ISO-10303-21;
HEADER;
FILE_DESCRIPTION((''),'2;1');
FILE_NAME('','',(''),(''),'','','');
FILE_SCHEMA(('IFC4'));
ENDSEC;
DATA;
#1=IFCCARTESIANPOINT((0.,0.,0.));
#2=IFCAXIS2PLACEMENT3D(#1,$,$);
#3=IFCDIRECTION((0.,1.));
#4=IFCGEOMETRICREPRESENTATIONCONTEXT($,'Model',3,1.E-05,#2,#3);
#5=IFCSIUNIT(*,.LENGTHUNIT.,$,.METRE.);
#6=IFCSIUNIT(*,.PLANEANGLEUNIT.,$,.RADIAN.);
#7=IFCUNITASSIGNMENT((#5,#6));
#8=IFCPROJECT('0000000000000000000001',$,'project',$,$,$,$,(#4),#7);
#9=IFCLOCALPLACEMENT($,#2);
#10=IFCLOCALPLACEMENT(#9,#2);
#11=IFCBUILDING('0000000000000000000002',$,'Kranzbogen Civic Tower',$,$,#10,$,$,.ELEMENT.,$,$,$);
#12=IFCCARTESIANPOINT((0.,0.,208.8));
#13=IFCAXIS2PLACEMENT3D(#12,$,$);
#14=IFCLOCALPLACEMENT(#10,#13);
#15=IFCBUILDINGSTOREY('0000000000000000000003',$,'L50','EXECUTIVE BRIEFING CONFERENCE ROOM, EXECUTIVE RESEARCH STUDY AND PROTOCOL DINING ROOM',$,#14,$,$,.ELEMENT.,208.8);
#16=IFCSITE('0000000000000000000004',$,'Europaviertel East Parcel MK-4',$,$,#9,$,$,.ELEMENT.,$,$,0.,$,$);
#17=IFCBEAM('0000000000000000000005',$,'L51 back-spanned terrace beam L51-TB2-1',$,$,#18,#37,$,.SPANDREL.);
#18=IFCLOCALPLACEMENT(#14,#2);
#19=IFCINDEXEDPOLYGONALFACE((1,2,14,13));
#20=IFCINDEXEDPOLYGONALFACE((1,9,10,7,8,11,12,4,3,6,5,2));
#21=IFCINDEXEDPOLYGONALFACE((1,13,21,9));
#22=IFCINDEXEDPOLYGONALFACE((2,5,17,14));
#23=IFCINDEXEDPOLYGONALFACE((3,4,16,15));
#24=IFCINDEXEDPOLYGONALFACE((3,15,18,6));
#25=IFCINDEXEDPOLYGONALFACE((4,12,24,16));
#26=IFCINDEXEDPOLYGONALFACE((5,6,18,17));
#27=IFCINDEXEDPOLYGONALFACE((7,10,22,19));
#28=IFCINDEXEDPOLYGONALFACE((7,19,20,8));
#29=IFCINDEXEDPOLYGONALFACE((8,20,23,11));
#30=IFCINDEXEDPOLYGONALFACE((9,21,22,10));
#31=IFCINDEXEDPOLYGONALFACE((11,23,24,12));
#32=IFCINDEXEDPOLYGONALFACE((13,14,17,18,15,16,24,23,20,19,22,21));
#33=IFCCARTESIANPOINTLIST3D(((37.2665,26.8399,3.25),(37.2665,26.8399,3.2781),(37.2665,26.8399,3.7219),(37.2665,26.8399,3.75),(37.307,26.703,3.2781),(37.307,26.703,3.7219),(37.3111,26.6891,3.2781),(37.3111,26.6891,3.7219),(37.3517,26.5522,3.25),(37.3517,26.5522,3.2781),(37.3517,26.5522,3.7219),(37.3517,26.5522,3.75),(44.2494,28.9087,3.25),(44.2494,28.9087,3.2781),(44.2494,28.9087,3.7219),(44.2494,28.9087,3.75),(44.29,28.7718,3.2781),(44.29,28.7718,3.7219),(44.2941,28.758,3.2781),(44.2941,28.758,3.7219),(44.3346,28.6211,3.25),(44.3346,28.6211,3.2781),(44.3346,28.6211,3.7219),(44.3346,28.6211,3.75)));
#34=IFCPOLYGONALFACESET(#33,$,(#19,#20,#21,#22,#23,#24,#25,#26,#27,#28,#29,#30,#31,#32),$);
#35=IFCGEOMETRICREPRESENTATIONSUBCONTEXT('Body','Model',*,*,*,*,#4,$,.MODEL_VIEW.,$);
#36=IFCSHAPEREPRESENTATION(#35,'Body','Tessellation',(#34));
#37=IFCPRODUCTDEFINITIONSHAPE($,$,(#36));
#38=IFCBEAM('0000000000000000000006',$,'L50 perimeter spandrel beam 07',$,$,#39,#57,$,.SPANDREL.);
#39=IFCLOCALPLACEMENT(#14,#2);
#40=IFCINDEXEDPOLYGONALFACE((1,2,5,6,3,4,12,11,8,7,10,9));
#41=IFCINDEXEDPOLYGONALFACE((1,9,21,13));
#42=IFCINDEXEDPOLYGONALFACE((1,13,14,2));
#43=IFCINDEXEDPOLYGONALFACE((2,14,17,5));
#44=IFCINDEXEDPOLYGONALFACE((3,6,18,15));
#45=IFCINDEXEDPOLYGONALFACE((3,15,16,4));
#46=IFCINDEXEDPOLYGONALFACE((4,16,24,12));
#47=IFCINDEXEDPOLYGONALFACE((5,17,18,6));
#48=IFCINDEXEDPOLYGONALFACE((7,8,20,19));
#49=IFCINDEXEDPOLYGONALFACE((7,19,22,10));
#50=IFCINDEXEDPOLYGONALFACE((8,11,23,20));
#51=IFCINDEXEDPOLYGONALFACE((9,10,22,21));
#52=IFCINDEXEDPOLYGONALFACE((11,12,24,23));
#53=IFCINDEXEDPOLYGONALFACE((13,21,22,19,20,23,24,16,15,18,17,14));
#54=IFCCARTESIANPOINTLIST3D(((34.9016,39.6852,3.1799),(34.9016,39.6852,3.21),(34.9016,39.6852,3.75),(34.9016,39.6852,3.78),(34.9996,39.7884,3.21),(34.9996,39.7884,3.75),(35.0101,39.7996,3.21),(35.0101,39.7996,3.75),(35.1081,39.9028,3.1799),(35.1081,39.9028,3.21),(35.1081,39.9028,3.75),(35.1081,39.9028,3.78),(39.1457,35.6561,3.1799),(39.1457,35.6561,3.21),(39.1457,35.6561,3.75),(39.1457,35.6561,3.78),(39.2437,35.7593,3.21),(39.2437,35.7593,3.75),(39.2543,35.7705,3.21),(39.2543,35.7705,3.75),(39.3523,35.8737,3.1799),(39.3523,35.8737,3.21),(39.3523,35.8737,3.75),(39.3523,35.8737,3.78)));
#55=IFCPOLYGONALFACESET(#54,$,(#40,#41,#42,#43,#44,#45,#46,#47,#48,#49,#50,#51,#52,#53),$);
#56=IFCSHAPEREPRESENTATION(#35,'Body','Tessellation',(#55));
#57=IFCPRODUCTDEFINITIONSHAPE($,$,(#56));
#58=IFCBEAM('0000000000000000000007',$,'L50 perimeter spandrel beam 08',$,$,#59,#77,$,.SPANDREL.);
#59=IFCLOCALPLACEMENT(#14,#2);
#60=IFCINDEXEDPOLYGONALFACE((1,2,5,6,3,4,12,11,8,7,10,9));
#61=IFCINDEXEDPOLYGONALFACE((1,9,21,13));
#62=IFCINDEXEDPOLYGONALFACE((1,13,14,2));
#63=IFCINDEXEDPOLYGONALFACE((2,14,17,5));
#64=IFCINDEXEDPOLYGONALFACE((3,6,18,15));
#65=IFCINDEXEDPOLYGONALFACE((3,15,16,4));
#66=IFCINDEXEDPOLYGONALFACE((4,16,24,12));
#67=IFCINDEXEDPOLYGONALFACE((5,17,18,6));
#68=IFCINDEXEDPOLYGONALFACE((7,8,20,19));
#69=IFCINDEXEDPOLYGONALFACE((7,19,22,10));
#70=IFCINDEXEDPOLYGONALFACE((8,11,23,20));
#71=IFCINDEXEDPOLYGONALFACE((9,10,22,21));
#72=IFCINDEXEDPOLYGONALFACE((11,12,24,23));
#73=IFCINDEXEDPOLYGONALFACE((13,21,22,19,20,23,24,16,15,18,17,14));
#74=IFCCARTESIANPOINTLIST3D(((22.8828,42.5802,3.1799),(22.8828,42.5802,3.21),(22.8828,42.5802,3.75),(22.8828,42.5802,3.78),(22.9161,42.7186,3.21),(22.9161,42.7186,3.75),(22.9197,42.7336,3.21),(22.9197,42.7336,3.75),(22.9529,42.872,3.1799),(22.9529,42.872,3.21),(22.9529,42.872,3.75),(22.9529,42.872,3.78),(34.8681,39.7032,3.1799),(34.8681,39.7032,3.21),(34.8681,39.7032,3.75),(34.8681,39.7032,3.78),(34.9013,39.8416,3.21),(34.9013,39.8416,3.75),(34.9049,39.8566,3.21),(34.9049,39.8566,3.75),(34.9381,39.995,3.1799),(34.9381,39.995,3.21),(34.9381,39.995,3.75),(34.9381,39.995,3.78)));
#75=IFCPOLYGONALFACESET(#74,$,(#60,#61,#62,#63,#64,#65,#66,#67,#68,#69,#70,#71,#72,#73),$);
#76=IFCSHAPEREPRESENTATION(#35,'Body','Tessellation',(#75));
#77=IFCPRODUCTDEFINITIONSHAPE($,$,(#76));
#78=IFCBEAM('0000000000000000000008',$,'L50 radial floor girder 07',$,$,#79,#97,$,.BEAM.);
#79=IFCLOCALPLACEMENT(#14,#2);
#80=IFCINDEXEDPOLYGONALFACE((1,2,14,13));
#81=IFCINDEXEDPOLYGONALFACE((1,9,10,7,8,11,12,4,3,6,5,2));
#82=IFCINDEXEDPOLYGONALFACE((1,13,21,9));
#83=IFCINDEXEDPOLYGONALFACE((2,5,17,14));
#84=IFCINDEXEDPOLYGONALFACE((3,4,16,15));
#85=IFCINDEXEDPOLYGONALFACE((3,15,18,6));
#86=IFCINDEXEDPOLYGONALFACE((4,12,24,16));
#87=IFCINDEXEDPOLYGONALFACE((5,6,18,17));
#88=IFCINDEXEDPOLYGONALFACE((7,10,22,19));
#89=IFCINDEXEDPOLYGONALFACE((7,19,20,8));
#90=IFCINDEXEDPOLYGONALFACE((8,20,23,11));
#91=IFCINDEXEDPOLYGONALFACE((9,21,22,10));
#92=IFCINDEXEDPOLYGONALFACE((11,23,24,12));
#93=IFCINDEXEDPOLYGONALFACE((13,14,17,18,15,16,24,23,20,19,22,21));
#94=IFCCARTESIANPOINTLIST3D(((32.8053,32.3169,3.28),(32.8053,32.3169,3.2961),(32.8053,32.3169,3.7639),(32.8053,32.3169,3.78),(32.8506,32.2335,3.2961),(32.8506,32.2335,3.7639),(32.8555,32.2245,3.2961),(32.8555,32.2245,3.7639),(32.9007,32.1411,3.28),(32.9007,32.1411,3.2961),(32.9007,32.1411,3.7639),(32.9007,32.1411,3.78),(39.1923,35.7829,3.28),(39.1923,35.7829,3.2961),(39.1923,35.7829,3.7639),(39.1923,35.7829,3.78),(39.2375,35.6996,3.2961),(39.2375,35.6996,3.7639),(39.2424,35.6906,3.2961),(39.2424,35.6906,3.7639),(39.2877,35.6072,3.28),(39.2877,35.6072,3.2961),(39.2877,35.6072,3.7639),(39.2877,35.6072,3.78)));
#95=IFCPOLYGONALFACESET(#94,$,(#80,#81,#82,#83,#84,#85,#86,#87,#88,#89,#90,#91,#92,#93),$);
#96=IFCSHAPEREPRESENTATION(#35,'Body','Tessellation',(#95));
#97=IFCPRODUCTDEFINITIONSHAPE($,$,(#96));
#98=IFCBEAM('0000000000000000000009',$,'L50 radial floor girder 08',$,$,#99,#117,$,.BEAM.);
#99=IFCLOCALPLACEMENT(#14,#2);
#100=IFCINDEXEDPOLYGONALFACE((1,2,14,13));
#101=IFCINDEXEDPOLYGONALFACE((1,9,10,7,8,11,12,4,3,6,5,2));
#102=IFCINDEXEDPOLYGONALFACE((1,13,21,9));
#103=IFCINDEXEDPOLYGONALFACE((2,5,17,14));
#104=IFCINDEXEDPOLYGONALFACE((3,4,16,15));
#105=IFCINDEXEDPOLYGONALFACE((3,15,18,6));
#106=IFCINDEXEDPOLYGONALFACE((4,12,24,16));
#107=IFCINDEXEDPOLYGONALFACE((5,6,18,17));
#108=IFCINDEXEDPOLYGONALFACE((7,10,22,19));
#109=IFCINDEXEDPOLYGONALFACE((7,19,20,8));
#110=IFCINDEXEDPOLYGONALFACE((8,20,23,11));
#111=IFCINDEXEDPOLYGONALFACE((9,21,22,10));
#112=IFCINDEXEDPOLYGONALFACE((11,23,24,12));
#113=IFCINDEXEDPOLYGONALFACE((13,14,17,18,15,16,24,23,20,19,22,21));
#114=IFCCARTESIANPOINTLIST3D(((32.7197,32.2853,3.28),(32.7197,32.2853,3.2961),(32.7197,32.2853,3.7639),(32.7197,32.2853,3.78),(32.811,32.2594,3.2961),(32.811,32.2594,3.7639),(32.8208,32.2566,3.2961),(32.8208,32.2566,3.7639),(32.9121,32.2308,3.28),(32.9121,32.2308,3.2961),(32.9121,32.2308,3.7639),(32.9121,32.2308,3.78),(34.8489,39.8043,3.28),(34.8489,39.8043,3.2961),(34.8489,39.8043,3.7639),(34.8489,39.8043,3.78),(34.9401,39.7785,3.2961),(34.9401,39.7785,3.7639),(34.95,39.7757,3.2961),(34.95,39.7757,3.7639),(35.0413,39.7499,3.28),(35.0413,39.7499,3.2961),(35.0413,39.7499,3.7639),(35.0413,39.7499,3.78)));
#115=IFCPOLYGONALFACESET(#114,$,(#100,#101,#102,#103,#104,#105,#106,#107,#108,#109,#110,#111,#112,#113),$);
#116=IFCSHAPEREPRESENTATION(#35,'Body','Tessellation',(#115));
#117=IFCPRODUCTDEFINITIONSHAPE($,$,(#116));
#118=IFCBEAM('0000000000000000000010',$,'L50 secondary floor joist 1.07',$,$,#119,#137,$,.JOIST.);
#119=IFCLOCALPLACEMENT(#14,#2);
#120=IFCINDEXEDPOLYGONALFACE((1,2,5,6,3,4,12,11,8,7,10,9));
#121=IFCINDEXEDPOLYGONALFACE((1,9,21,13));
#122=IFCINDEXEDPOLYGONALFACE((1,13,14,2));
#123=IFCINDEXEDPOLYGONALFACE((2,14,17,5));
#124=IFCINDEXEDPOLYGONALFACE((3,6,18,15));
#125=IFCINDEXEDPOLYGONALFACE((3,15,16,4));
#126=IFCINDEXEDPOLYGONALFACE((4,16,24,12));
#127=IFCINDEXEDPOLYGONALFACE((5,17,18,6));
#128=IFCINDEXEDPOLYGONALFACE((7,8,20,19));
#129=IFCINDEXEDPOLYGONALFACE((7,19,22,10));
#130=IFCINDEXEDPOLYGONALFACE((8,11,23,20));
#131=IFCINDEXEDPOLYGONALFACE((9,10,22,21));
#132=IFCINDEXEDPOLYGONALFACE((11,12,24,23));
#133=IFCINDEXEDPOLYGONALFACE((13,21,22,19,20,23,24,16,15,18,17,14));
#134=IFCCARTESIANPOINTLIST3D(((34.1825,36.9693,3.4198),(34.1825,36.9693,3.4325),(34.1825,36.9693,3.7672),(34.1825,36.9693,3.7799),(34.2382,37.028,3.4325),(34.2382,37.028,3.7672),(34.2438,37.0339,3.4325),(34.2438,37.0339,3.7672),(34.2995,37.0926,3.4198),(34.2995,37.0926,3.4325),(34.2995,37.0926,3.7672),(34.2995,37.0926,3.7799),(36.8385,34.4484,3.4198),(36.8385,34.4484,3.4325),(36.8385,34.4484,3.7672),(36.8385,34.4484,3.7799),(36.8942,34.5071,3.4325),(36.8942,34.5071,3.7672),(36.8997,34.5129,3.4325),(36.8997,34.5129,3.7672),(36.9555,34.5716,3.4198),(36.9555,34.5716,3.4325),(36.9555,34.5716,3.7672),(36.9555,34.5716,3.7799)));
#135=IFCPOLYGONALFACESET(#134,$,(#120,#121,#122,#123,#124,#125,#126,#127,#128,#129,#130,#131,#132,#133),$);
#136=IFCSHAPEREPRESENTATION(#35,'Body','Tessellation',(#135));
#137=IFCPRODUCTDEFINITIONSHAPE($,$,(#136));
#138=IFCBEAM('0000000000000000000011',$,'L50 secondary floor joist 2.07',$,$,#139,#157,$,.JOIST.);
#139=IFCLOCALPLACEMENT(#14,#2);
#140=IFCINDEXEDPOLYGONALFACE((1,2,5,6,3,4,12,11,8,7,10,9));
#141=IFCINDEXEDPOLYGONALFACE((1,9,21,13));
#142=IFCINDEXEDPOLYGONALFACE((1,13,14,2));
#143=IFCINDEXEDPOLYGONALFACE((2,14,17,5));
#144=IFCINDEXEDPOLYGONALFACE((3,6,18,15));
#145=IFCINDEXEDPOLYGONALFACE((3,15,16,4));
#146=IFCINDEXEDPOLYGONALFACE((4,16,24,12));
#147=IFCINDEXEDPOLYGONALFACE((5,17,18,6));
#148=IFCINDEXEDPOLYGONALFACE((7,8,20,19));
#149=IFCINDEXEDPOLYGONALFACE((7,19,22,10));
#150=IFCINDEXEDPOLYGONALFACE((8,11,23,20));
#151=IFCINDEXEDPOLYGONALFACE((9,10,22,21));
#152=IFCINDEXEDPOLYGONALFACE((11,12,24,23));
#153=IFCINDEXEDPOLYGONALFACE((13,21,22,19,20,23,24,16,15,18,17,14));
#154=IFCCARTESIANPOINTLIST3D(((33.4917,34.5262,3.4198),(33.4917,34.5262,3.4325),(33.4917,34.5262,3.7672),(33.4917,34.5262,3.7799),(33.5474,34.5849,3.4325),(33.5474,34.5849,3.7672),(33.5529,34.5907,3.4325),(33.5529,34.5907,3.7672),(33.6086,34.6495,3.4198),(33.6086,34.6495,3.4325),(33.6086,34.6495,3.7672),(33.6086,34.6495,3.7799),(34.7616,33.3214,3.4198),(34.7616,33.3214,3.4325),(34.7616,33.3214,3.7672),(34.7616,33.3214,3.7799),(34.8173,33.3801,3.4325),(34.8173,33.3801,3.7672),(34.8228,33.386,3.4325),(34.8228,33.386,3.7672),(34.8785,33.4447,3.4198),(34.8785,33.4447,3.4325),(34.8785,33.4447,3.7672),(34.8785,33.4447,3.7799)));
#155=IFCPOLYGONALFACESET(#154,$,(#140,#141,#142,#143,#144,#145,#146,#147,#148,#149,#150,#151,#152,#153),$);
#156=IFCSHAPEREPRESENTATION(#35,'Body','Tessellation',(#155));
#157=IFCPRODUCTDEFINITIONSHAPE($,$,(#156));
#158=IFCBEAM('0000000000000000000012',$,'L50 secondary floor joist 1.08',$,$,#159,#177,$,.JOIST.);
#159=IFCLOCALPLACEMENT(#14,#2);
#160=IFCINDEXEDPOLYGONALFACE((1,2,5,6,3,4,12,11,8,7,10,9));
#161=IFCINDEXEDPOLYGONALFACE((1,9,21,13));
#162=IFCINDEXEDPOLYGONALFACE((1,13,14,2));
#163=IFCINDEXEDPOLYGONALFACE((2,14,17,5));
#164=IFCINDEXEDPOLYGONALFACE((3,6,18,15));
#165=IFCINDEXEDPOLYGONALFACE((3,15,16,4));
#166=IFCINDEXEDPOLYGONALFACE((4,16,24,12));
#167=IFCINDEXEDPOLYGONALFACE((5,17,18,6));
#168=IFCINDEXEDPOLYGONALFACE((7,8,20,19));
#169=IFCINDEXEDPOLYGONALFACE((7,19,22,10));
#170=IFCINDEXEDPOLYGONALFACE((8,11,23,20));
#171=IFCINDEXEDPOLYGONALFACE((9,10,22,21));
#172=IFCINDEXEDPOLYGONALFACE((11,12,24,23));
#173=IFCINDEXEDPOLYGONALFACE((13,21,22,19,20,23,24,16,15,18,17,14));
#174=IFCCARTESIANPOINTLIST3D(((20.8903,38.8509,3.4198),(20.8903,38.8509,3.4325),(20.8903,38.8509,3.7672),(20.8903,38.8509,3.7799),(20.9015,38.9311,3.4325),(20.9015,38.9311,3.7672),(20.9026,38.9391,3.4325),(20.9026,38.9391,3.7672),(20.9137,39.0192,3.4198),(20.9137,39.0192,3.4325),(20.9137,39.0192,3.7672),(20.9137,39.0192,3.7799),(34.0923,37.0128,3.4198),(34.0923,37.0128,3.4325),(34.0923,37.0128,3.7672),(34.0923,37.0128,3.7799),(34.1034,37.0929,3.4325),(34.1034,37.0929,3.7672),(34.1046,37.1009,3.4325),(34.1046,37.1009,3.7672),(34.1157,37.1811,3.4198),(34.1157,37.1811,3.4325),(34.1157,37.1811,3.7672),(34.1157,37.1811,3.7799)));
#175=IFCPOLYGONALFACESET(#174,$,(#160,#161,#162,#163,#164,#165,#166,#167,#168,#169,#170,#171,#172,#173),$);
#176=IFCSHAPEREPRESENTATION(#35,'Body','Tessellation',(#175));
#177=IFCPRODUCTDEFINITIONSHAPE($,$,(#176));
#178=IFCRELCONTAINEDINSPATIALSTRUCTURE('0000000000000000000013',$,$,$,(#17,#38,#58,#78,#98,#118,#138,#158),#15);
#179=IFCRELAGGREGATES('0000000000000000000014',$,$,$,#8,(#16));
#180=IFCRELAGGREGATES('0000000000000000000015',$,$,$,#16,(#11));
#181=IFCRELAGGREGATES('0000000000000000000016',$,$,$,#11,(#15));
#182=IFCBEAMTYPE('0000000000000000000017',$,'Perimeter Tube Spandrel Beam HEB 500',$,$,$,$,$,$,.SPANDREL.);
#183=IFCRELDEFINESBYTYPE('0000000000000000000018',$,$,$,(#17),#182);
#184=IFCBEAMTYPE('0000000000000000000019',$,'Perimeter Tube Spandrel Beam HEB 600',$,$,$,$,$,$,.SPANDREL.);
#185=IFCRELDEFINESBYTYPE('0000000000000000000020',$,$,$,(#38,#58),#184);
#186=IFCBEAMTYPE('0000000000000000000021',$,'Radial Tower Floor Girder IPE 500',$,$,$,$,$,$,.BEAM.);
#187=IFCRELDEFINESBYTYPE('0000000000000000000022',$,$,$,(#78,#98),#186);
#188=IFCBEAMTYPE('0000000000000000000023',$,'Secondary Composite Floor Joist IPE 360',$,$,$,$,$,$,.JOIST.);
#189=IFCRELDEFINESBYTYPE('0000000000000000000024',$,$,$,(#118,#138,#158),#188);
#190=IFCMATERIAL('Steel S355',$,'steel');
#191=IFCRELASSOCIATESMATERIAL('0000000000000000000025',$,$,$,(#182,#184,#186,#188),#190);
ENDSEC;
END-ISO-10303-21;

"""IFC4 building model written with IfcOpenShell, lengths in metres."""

from ifc_helpers import new_model, si_unit, direction, frame, origin, origin_2d, place, context, subcontext, project, spatial, i_section, extrude, material, material_profile, profile_set, type_object, element, save


model = new_model("IFC4")

# Units and contexts
model_context = context("Model", 3, precision=1e-05, world=origin(), true_north=direction((0.0, 1.0)))
body_context = subcontext(model_context, "Body", "Model", "MODEL_VIEW")
ifc_project = project(units=[si_unit("LENGTHUNIT", "METRE"), si_unit("PLANEANGLEUNIT", "RADIAN")], contexts=[model_context])

# Site, building, storey
site_placement = place(None, origin())
site = spatial("IfcSite", under=ifc_project, at=site_placement, Name="Europaviertel East Parcel MK-4", CompositionType="ELEMENT", RefElevation=0.0)
building_placement = place(site_placement, origin())
building = spatial("IfcBuilding", under=site, at=building_placement, Name="Kranzbogen Civic Tower", CompositionType="ELEMENT")
storey_placement = place(building_placement, frame((0.0, 0.0, 208.8)))
storey = spatial("IfcBuildingStorey", under=building, at=storey_placement, Name="L50", Description="EXECUTIVE BRIEFING CONFERENCE ROOM, EXECUTIVE RESEARCH STUDY AND PROTOCOL DINING ROOM", CompositionType="ELEMENT", Elevation=208.8)

# Shared definitions
ifc_material_1 = material(Name="Steel S355", Category="steel")

# Beams
ifc_material_profile_1 = material_profile(ifc_material_1, i_section(OverallWidth=0.3, OverallDepth=0.5, WebThickness=0.0144, FlangeThickness=0.0281, at=origin_2d()), Name="HEB 500")
ifc_profile_set_1 = profile_set([ifc_material_profile_1], Name="Steel S355")
beam_type_1 = type_object("IfcBeamType", Name="Perimeter Tube Spandrel Beam HEB 500", PredefinedType="SPANDREL", material=ifc_profile_set_1)
beam_1_placement = place(storey_placement, frame((37.3091, 26.696, 3.5), z_axis=(0.958804, 0.284068, 0.0), x_axis=(-0.284068, 0.958804, 0.0)))
element("IfcBeam", 1, at=beam_1_placement, inside=storey, type_object=beam_type_1, Name="L51 back-spanned terrace beam L51-TB2-1", PredefinedType="SPANDREL", context=body_context, shape_type="SweptSolid", body=[
    extrude(i_section(OverallWidth=0.3, OverallDepth=0.5, WebThickness=0.0144, FlangeThickness=0.0281, at=origin_2d()), origin(), (0.0, 0.0, 1.0), 7.283),
])
ifc_material_profile_2 = material_profile(ifc_material_1, i_section(OverallWidth=0.3, OverallDepth=0.6001, WebThickness=0.0154, FlangeThickness=0.03, at=origin_2d()), Name="HEB 600")
ifc_profile_set_2 = profile_set([ifc_material_profile_2], Name="Steel S355")
beam_type_2 = type_object("IfcBeamType", Name="Perimeter Tube Spandrel Beam HEB 600", PredefinedType="SPANDREL", material=ifc_profile_set_2)
beam_2_placement = place(storey_placement, frame((39.249, 35.7649, 3.48), z_axis=(-0.725245, 0.688491, 0.0), x_axis=(-0.688491, -0.725245, 0.0)))
element("IfcBeam", 2, at=beam_2_placement, inside=storey, type_object=beam_type_2, Name="L50 perimeter spandrel beam 07", PredefinedType="SPANDREL", context=body_context, shape_type="SweptSolid", body=[
    extrude(i_section(OverallWidth=0.3, OverallDepth=0.6001, WebThickness=0.0154, FlangeThickness=0.03, at=origin_2d()), origin(), (0.0, 0.0, 1.0), 5.8521),
])
beam_3_placement = place(storey_placement, frame((34.9031, 39.8491, 3.48), z_axis=(-0.972378, 0.233413, 0.0), x_axis=(-0.233413, -0.972378, 0.0)))
element("IfcBeam", 3, at=beam_3_placement, inside=storey, type_object=beam_type_2, Name="L50 perimeter spandrel beam 08", PredefinedType="SPANDREL", context=body_context, shape_type="SweptSolid", body=[
    extrude(i_section(OverallWidth=0.3, OverallDepth=0.6001, WebThickness=0.0154, FlangeThickness=0.03, at=origin_2d()), origin(), (0.0, 0.0, 1.0), 12.3257),
])
ifc_material_profile_3 = material_profile(ifc_material_1, i_section(OverallWidth=0.2, OverallDepth=0.5, WebThickness=0.0103, FlangeThickness=0.0161, at=origin_2d()), Name="IPE 500")
ifc_profile_set_3 = profile_set([ifc_material_profile_3], Name="Steel S355")
beam_type_3 = type_object("IfcBeamType", Name="Radial Tower Floor Girder IPE 500", PredefinedType="BEAM", material=ifc_profile_set_3)
beam_4_placement = place(storey_placement, frame((39.24, 35.6951, 3.53), z_axis=(-0.878919, -0.47697, 0.0), x_axis=(0.47697, -0.878919, 0.0)))
element("IfcBeam", 4, at=beam_4_placement, inside=storey, type_object=beam_type_3, Name="L50 radial floor girder 07", PredefinedType="BEAM", context=body_context, shape_type="SweptSolid", body=[
    extrude(i_section(OverallWidth=0.2, OverallDepth=0.5, WebThickness=0.0103, FlangeThickness=0.0161, at=origin_2d()), origin(), (0.0, 0.0, 1.0), 7.2668),
])
beam_5_placement = place(storey_placement, frame((34.9451, 39.7771, 3.53), z_axis=(-0.272455, -0.962169, 0.0), x_axis=(0.962169, -0.272455, 0.0)))
element("IfcBeam", 5, at=beam_5_placement, inside=storey, type_object=beam_type_3, Name="L50 radial floor girder 08", PredefinedType="BEAM", context=body_context, shape_type="SweptSolid", body=[
    extrude(i_section(OverallWidth=0.2, OverallDepth=0.5, WebThickness=0.0103, FlangeThickness=0.0161, at=origin_2d()), origin(), (0.0, 0.0, 1.0), 7.8147),
])
ifc_material_profile_4 = material_profile(ifc_material_1, i_section(OverallWidth=0.1699, OverallDepth=0.3601, WebThickness=0.0081, FlangeThickness=0.0127, at=origin_2d()), Name="IPE 360")
ifc_profile_set_4 = profile_set([ifc_material_profile_4], Name="Steel S355")
beam_type_4 = type_object("IfcBeamType", Name="Secondary Composite Floor Joist IPE 360", PredefinedType="JOIST", material=ifc_profile_set_4)
beam_6_placement = place(storey_placement, frame((36.897, 34.51, 3.5999), z_axis=(-0.725301, 0.688432, 0.0), x_axis=(-0.688432, -0.725301, 0.0)))
element("IfcBeam", 6, at=beam_6_placement, inside=storey, type_object=beam_type_4, Name="L50 secondary floor joist 1.07", PredefinedType="JOIST", context=body_context, shape_type="SweptSolid", body=[
    extrude(i_section(OverallWidth=0.1699, OverallDepth=0.3601, WebThickness=0.0081, FlangeThickness=0.0127, at=origin_2d()), origin(), (0.0, 0.0, 1.0), 3.6619),
])
beam_7_placement = place(storey_placement, frame((34.8201, 33.3831, 3.5999), z_axis=(-0.72548, 0.688243, 0.0), x_axis=(-0.688243, -0.72548, 0.0)))
element("IfcBeam", 7, at=beam_7_placement, inside=storey, type_object=beam_type_4, Name="L50 secondary floor joist 2.07", PredefinedType="JOIST", context=body_context, shape_type="SweptSolid", body=[
    extrude(i_section(OverallWidth=0.1699, OverallDepth=0.3601, WebThickness=0.0081, FlangeThickness=0.0127, at=origin_2d()), origin(), (0.0, 0.0, 1.0), 1.7505),
])
beam_8_placement = place(storey_placement, frame((34.104, 37.0969, 3.5999), z_axis=(-0.990446, 0.137902, 0.0), x_axis=(-0.137902, -0.990446, 0.0)))
element("IfcBeam", 8, at=beam_8_placement, inside=storey, type_object=beam_type_4, Name="L50 secondary floor joist 1.08", PredefinedType="JOIST", context=body_context, shape_type="SweptSolid", body=[
    extrude(i_section(OverallWidth=0.1699, OverallDepth=0.3601, WebThickness=0.0081, FlangeThickness=0.0127, at=origin_2d()), origin(), (0.0, 0.0, 1.0), 13.3293),
])

save(model, "model.ifc")
